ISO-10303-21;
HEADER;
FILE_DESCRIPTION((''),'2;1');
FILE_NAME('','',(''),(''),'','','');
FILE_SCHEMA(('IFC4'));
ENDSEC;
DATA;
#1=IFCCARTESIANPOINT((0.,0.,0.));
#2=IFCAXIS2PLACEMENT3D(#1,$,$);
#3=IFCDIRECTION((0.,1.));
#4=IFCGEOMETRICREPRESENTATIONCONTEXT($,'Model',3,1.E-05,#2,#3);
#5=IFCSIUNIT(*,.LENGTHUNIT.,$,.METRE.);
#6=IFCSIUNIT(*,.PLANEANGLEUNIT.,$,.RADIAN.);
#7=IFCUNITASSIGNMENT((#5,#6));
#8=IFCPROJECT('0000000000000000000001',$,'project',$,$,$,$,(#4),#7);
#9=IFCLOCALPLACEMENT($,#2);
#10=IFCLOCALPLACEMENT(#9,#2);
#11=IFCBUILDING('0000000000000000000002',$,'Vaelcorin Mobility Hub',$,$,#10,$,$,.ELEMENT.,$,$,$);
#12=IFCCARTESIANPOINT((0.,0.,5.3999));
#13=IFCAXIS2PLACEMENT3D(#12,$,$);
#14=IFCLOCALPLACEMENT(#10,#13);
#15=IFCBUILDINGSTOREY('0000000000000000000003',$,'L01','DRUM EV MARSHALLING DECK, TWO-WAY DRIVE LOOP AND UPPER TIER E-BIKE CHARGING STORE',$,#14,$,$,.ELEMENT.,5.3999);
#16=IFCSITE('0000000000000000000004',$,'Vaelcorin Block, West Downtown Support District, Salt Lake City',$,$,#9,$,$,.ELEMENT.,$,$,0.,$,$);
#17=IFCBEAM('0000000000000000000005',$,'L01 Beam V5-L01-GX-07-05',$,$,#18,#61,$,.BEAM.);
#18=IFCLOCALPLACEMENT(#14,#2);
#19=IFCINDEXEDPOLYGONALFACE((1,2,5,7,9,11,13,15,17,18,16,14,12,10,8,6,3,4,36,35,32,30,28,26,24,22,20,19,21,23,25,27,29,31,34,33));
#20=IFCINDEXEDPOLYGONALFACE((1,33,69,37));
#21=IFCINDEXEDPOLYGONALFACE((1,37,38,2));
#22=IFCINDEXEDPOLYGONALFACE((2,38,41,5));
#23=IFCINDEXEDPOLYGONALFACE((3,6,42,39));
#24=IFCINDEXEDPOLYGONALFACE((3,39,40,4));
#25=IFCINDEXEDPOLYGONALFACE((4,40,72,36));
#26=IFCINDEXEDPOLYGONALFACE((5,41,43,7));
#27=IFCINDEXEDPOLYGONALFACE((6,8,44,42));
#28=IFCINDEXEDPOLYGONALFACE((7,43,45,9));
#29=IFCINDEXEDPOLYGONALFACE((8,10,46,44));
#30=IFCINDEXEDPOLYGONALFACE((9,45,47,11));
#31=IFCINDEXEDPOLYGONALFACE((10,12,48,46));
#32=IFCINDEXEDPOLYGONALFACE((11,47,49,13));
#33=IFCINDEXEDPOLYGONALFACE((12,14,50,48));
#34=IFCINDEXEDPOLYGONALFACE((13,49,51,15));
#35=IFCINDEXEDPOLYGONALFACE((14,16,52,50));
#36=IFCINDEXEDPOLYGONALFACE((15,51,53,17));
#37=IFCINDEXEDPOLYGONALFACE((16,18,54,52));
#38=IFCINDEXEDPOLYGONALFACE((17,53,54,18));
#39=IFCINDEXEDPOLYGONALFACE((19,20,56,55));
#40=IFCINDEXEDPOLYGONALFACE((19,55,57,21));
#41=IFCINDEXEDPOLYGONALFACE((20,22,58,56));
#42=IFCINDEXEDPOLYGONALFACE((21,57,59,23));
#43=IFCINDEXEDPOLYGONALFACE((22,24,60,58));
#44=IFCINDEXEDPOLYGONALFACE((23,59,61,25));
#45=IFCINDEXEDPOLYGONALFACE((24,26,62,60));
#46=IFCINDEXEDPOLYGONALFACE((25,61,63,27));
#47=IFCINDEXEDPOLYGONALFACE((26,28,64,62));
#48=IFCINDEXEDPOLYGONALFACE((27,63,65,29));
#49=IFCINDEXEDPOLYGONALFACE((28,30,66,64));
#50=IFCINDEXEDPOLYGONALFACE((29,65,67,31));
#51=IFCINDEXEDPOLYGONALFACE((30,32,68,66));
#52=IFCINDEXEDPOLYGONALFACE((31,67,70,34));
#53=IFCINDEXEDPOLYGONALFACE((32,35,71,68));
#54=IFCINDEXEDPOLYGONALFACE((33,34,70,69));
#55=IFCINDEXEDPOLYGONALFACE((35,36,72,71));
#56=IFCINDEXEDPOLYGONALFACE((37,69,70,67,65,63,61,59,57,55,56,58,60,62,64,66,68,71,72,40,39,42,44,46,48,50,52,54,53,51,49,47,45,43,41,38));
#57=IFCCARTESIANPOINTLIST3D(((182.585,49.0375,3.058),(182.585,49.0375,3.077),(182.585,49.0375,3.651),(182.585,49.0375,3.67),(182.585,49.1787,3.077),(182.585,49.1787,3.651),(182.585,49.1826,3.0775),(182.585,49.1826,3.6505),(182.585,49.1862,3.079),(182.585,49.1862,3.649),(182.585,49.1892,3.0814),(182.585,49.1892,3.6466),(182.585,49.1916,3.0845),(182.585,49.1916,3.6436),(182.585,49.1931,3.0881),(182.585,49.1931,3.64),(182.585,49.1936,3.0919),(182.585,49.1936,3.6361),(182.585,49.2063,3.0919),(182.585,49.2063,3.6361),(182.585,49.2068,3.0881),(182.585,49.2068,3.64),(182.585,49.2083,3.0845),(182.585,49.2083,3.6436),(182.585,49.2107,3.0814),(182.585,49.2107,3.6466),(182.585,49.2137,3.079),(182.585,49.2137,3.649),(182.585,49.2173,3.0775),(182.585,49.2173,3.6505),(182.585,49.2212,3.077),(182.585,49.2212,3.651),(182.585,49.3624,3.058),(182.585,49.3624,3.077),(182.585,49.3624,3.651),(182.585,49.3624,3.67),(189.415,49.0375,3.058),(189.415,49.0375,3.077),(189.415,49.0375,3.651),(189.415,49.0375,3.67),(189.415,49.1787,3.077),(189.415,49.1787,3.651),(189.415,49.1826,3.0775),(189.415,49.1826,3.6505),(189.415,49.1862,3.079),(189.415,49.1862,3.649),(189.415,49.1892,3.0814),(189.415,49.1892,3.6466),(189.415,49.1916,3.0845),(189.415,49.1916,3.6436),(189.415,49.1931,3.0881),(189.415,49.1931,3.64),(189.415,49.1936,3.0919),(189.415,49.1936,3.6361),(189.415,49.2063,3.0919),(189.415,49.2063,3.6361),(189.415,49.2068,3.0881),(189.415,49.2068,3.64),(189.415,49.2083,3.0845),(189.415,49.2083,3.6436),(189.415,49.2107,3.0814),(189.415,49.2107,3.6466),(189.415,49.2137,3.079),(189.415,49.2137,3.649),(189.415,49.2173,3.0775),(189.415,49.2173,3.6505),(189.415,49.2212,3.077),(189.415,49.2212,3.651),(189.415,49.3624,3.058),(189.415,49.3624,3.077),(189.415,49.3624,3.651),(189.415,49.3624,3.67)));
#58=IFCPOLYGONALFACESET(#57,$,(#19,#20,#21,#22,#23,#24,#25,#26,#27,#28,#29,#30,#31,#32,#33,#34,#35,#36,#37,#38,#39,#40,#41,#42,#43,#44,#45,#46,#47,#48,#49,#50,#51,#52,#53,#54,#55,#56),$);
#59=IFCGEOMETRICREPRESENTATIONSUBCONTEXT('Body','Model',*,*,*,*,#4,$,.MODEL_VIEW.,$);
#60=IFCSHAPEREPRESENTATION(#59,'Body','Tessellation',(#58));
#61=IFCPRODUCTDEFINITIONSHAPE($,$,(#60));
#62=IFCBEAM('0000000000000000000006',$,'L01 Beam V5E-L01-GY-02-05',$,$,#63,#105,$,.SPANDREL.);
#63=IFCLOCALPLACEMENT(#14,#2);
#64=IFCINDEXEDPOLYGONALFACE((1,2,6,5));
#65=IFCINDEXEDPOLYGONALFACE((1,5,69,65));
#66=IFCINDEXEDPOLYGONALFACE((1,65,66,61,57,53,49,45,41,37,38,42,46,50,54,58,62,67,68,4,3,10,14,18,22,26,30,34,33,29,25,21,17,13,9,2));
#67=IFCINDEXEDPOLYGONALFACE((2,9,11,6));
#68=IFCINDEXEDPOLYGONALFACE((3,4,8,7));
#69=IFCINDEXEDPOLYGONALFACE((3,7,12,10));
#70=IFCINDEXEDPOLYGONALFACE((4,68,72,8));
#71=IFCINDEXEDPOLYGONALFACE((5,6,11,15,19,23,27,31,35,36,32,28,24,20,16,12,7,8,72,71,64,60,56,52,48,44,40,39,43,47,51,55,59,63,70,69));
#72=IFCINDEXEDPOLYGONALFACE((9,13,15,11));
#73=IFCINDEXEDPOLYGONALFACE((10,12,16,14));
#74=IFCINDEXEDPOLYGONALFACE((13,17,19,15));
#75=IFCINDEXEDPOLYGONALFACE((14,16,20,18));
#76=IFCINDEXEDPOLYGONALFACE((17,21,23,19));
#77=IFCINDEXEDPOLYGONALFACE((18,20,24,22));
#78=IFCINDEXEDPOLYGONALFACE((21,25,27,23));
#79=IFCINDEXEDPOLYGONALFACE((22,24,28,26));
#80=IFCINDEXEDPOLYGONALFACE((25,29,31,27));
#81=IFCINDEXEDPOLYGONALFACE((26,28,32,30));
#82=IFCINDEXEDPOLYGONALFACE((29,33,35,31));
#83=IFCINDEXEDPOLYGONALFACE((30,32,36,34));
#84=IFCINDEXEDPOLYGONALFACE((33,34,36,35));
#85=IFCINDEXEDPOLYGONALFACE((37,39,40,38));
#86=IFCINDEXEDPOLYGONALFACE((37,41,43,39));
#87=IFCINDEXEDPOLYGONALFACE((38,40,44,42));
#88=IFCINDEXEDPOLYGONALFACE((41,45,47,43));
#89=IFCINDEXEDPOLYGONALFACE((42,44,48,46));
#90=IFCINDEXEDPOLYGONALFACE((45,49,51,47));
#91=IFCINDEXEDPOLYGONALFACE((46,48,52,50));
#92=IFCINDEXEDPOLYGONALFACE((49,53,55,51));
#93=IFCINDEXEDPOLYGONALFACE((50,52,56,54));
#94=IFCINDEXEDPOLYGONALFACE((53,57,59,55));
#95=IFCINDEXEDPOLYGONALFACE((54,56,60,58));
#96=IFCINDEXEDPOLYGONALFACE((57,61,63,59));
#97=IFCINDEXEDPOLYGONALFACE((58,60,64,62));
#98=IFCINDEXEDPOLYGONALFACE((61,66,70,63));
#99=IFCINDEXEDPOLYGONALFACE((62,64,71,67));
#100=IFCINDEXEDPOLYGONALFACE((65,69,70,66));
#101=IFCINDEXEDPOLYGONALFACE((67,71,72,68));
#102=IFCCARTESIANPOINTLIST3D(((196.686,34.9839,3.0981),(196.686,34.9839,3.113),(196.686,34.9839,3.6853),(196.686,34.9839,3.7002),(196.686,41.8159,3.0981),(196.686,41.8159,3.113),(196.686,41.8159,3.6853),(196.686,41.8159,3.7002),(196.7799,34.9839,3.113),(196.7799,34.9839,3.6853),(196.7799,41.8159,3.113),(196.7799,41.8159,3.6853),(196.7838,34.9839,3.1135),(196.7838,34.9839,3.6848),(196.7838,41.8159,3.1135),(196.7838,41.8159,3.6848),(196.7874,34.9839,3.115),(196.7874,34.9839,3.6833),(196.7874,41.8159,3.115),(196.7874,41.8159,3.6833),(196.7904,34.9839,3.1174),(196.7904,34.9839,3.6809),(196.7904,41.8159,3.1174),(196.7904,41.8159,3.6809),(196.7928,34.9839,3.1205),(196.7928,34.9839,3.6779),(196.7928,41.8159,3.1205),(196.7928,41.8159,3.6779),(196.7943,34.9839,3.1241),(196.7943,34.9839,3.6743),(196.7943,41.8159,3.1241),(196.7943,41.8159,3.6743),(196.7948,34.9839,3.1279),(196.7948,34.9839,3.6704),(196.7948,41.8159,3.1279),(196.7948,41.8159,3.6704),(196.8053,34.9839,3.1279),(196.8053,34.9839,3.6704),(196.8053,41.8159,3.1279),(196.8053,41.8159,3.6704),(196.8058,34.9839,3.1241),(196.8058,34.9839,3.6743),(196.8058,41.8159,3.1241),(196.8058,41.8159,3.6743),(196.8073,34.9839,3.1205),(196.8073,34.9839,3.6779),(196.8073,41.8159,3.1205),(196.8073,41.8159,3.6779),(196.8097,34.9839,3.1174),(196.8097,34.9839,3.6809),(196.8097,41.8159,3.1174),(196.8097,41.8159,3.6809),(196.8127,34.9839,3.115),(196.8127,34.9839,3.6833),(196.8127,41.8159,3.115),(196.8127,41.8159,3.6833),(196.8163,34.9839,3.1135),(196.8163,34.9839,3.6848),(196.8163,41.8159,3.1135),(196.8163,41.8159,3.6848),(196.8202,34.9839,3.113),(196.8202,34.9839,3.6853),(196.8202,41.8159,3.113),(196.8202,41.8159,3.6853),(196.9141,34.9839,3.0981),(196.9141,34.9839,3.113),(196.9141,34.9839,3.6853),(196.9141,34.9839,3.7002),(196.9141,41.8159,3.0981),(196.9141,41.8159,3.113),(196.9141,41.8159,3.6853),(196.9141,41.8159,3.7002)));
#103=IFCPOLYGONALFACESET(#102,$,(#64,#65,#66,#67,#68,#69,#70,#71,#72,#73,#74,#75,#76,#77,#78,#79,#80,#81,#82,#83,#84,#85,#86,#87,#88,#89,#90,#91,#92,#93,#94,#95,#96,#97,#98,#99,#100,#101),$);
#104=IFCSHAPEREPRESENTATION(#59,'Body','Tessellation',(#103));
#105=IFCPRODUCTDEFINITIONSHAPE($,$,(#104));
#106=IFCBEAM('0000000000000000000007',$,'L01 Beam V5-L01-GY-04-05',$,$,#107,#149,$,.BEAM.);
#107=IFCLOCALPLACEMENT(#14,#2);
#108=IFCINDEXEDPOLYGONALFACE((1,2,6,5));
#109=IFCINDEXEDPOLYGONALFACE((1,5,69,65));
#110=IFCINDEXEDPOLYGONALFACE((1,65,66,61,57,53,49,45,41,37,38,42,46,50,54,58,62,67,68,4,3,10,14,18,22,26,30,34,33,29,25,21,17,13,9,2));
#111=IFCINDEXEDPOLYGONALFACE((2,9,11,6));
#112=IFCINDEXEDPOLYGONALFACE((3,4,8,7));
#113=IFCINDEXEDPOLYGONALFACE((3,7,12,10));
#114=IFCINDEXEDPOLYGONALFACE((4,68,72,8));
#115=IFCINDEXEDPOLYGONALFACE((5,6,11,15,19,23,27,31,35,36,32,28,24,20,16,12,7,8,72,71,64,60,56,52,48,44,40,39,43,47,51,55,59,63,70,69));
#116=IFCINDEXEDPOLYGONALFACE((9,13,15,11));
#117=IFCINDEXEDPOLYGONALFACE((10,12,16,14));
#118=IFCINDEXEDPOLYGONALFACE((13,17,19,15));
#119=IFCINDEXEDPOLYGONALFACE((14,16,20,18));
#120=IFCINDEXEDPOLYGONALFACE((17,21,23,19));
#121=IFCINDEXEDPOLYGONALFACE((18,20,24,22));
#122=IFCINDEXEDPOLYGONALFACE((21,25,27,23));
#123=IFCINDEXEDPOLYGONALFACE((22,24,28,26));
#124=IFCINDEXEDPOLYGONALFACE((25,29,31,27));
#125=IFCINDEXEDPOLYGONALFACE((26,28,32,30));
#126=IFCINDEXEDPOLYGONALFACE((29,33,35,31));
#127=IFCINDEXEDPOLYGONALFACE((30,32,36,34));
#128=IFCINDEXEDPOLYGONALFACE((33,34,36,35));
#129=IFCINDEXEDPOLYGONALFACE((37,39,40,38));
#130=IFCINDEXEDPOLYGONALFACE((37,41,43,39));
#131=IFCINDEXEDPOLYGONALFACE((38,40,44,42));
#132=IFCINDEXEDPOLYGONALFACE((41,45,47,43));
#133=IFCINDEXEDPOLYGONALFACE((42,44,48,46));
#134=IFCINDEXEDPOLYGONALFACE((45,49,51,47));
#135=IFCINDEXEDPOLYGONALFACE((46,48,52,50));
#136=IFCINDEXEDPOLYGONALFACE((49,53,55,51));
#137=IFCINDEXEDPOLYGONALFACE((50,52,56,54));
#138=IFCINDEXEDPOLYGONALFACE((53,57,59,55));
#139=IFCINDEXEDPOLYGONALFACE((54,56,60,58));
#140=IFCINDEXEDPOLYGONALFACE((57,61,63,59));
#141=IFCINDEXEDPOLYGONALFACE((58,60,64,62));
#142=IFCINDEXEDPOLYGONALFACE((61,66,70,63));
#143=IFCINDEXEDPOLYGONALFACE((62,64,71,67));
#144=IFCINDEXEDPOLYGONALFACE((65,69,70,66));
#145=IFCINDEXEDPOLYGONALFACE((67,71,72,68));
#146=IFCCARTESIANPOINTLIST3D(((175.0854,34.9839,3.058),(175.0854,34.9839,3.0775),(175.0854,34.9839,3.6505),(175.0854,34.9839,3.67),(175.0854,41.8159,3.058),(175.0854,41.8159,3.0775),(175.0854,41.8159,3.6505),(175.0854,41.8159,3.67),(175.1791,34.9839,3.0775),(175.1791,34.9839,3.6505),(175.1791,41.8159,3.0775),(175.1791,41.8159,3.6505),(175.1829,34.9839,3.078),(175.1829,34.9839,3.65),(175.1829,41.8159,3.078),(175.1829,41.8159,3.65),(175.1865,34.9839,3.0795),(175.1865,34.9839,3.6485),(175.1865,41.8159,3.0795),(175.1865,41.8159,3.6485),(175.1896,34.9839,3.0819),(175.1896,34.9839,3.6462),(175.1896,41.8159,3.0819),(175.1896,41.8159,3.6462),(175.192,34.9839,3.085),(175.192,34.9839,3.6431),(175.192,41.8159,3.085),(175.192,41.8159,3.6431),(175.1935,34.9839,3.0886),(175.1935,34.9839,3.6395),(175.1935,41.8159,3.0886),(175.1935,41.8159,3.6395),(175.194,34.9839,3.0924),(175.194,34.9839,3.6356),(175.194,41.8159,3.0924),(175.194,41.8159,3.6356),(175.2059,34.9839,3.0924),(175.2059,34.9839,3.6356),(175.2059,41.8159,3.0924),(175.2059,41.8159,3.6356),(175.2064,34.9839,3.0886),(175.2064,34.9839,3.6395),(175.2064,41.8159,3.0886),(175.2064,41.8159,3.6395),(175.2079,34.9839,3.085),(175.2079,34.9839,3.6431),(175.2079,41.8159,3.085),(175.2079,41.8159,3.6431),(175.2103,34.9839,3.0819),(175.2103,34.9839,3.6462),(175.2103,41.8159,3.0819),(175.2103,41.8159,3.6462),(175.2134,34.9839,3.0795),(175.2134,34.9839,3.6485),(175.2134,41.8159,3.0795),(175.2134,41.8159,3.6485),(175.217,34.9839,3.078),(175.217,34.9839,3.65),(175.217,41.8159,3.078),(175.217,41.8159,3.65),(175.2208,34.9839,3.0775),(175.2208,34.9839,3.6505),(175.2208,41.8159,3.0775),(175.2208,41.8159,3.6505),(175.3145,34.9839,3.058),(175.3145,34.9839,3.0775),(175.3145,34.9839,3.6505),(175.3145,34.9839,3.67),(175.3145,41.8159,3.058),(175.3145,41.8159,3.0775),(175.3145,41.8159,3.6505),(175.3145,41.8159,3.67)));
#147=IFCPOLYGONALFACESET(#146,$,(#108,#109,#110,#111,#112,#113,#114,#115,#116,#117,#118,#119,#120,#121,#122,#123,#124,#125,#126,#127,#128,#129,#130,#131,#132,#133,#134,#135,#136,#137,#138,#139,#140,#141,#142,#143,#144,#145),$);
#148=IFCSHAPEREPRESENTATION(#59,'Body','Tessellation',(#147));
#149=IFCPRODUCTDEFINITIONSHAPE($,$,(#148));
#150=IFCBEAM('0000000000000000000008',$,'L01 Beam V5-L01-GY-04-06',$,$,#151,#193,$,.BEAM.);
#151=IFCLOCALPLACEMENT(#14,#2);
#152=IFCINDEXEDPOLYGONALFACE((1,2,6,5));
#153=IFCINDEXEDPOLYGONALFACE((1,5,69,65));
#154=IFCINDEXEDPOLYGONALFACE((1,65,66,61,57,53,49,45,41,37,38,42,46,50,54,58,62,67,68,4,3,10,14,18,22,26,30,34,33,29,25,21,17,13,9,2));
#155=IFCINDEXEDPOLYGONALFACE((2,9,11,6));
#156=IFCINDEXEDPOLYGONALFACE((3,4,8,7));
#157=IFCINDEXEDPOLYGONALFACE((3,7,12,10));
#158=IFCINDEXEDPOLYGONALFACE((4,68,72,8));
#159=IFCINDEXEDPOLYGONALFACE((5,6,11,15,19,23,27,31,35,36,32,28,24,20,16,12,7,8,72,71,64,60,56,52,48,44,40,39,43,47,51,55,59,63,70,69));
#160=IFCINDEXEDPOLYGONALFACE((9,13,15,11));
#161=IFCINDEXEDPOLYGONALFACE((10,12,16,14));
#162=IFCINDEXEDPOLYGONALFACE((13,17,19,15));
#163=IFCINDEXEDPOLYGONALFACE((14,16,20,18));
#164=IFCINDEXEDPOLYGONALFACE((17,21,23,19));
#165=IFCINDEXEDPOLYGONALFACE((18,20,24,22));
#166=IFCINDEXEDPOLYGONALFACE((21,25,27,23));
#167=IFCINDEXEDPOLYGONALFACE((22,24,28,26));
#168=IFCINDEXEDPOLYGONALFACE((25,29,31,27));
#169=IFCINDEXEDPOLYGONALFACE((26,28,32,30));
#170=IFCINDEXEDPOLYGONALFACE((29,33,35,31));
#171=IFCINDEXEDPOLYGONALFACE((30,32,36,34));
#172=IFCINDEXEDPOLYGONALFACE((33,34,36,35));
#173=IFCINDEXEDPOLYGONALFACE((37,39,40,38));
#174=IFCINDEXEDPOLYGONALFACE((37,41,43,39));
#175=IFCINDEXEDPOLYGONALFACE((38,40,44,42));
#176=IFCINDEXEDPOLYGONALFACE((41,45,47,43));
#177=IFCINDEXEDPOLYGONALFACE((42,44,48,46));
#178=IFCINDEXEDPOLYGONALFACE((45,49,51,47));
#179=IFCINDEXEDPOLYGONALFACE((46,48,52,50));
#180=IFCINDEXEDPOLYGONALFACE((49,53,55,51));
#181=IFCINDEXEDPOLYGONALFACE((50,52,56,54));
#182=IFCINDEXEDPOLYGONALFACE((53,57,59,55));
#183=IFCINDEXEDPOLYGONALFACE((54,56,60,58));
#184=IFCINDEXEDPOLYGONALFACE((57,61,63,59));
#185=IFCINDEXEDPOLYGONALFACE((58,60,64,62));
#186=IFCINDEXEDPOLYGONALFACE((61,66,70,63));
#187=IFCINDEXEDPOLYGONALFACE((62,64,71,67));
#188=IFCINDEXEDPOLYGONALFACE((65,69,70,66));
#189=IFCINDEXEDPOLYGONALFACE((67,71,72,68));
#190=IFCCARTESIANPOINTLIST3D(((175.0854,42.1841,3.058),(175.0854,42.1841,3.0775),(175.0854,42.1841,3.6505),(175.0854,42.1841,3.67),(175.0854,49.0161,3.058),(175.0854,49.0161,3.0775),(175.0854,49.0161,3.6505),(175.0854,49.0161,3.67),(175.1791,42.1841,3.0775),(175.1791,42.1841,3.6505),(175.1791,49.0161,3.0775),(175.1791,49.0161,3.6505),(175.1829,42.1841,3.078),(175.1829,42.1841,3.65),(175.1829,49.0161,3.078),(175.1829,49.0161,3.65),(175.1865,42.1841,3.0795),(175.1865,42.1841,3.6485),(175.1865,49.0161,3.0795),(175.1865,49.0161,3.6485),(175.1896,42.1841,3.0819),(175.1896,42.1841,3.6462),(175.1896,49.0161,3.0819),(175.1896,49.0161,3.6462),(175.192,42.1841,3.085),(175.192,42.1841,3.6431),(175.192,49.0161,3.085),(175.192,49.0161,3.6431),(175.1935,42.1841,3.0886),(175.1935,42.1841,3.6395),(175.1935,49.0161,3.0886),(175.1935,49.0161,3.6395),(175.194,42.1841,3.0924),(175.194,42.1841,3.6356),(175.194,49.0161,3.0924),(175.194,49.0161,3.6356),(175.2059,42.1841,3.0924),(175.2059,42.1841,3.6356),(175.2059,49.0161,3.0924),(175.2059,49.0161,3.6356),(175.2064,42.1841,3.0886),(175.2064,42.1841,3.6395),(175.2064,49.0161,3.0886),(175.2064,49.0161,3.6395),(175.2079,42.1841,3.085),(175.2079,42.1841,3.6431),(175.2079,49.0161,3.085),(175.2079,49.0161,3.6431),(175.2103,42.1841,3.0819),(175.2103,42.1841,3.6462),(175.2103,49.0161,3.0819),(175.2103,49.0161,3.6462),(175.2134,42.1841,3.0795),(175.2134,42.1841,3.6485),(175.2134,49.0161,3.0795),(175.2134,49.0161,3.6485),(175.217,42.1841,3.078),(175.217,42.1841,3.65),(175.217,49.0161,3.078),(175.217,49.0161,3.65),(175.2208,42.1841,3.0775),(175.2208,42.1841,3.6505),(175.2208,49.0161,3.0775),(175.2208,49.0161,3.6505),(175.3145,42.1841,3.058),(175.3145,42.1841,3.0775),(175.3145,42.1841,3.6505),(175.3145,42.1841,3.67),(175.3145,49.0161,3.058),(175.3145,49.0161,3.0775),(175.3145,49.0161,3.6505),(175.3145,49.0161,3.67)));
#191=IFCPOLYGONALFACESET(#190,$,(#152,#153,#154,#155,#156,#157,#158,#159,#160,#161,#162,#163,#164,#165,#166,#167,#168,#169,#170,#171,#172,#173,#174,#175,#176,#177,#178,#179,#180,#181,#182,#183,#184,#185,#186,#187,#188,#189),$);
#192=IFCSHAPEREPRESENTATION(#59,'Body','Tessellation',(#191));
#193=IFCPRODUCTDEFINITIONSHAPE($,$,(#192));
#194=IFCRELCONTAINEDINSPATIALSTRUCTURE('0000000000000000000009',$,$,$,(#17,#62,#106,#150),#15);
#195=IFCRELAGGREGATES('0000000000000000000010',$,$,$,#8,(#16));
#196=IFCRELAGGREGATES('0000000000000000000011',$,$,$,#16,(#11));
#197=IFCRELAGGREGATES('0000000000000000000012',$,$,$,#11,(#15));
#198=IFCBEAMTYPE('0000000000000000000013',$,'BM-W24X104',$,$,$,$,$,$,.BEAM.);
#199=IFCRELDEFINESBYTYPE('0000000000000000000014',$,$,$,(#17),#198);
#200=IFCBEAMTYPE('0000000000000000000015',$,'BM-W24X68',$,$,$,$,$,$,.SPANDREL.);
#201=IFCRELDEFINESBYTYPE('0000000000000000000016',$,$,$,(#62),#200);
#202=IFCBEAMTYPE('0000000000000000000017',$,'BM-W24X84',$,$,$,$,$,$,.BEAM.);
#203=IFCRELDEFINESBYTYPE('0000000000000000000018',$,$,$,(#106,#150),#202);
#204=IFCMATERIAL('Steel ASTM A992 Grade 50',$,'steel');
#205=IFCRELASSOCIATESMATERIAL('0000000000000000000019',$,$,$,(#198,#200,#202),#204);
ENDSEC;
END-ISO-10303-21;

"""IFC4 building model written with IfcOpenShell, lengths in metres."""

from ifc_helpers import new_model, si_unit, direction, frame, origin, origin_2d, place, context, subcontext, project, spatial, i_section, extrude, material, material_profile, profile_set, type_object, element, save


model = new_model("IFC4")

# Units and contexts
model_context = context("Model", 3, precision=1e-05, world=origin(), true_north=direction((0.0, 1.0)))
body_context = subcontext(model_context, "Body", "Model", "MODEL_VIEW")
ifc_project = project(units=[si_unit("LENGTHUNIT", "METRE"), si_unit("PLANEANGLEUNIT", "RADIAN")], contexts=[model_context])

# Site, building, storey
site_placement = place(None, origin())
site = spatial("IfcSite", under=ifc_project, at=site_placement, Name="Vaelcorin Block, West Downtown Support District, Salt Lake City", CompositionType="ELEMENT", RefElevation=0.0)
building_placement = place(site_placement, origin())
building = spatial("IfcBuilding", under=site, at=building_placement, Name="Vaelcorin Mobility Hub", CompositionType="ELEMENT")
storey_placement = place(building_placement, frame((0.0, 0.0, 5.3999)))
storey = spatial("IfcBuildingStorey", under=building, at=storey_placement, Name="L01", Description="DRUM EV MARSHALLING DECK, TWO-WAY DRIVE LOOP AND UPPER TIER E-BIKE CHARGING STORE", CompositionType="ELEMENT", Elevation=5.3999)

# Shared definitions
ifc_material_1 = material(Name="Steel ASTM A992 Grade 50", Category="steel")

# Beams
ifc_material_profile_1 = material_profile(ifc_material_1, i_section(OverallWidth=0.325, OverallDepth=0.6121, WebThickness=0.0127, FlangeThickness=0.019, FilletRadius=0.0149, at=origin_2d()), Name="W24X104")
ifc_profile_set_1 = profile_set([ifc_material_profile_1], Name="Steel ASTM A992 Grade 50")
beam_type_1 = type_object("IfcBeamType", Name="BM-W24X104", PredefinedType="BEAM", material=ifc_profile_set_1)
beam_1_placement = place(storey_placement, frame((182.585, 49.2, 3.364), z_axis=(1.0, 0.0, 0.0), x_axis=(0.0, 1.0, 0.0)))
element("IfcBeam", 1, at=beam_1_placement, inside=storey, type_object=beam_type_1, Name="L01 Beam V5-L01-GX-07-05", PredefinedType="BEAM", context=body_context, shape_type="SweptSolid", body=[
    extrude(i_section(OverallWidth=0.325, OverallDepth=0.6121, WebThickness=0.0127, FlangeThickness=0.019, FilletRadius=0.0149, at=origin_2d()), origin(), (0.0, 0.0, 1.0), 6.8301),
])
ifc_material_profile_2 = material_profile(ifc_material_1, i_section(OverallWidth=0.228, OverallDepth=0.6021, WebThickness=0.0105, FlangeThickness=0.0149, FilletRadius=0.0149, at=origin_2d()), Name="W24X68")
ifc_profile_set_2 = profile_set([ifc_material_profile_2], Name="Steel ASTM A992 Grade 50")
beam_type_2 = type_object("IfcBeamType", Name="BM-W24X68", PredefinedType="SPANDREL", material=ifc_profile_set_2)
beam_2_placement = place(storey_placement, frame((196.8, 34.9839, 3.3992), z_axis=(0.0, 1.0, 0.0), x_axis=(-1.0, 0.0, 0.0)))
element("IfcBeam", 2, at=beam_2_placement, inside=storey, type_object=beam_type_2, Name="L01 Beam V5E-L01-GY-02-05", PredefinedType="SPANDREL", context=body_context, shape_type="SweptSolid", body=[
    extrude(i_section(OverallWidth=0.228, OverallDepth=0.6021, WebThickness=0.0105, FlangeThickness=0.0149, FilletRadius=0.0149, at=origin_2d()), origin(), (0.0, 0.0, 1.0), 6.832),
])
ifc_material_profile_3 = material_profile(ifc_material_1, i_section(OverallWidth=0.229, OverallDepth=0.6121, WebThickness=0.012, FlangeThickness=0.0195, FilletRadius=0.0149, at=origin_2d()), Name="W24X84")
ifc_profile_set_3 = profile_set([ifc_material_profile_3], Name="Steel ASTM A992 Grade 50")
beam_type_3 = type_object("IfcBeamType", Name="BM-W24X84", PredefinedType="BEAM", material=ifc_profile_set_3)
for number, where, z_axis, x_axis, name in (
    (3, (175.2, 34.9839, 3.364), (0.0, 1.0, 0.0), (-1.0, 0.0, 0.0), "L01 Beam V5-L01-GY-04-05"),
    (4, (175.2, 42.1841, 3.364), (0.0, 1.0, 0.0), (-1.0, 0.0, 0.0), "L01 Beam V5-L01-GY-04-06"),
):
    element("IfcBeam", number, at=place(storey_placement, frame(where, z_axis=z_axis, x_axis=x_axis)), inside=storey, type_object=beam_type_3, Name=name, PredefinedType="BEAM", context=body_context, shape_type="SweptSolid", body=[
        extrude(i_section(OverallWidth=0.229, OverallDepth=0.6121, WebThickness=0.012, FlangeThickness=0.0195, FilletRadius=0.0149, at=origin_2d()), origin(), (0.0, 0.0, 1.0), 6.832),
    ])

save(model, "model.ifc")
